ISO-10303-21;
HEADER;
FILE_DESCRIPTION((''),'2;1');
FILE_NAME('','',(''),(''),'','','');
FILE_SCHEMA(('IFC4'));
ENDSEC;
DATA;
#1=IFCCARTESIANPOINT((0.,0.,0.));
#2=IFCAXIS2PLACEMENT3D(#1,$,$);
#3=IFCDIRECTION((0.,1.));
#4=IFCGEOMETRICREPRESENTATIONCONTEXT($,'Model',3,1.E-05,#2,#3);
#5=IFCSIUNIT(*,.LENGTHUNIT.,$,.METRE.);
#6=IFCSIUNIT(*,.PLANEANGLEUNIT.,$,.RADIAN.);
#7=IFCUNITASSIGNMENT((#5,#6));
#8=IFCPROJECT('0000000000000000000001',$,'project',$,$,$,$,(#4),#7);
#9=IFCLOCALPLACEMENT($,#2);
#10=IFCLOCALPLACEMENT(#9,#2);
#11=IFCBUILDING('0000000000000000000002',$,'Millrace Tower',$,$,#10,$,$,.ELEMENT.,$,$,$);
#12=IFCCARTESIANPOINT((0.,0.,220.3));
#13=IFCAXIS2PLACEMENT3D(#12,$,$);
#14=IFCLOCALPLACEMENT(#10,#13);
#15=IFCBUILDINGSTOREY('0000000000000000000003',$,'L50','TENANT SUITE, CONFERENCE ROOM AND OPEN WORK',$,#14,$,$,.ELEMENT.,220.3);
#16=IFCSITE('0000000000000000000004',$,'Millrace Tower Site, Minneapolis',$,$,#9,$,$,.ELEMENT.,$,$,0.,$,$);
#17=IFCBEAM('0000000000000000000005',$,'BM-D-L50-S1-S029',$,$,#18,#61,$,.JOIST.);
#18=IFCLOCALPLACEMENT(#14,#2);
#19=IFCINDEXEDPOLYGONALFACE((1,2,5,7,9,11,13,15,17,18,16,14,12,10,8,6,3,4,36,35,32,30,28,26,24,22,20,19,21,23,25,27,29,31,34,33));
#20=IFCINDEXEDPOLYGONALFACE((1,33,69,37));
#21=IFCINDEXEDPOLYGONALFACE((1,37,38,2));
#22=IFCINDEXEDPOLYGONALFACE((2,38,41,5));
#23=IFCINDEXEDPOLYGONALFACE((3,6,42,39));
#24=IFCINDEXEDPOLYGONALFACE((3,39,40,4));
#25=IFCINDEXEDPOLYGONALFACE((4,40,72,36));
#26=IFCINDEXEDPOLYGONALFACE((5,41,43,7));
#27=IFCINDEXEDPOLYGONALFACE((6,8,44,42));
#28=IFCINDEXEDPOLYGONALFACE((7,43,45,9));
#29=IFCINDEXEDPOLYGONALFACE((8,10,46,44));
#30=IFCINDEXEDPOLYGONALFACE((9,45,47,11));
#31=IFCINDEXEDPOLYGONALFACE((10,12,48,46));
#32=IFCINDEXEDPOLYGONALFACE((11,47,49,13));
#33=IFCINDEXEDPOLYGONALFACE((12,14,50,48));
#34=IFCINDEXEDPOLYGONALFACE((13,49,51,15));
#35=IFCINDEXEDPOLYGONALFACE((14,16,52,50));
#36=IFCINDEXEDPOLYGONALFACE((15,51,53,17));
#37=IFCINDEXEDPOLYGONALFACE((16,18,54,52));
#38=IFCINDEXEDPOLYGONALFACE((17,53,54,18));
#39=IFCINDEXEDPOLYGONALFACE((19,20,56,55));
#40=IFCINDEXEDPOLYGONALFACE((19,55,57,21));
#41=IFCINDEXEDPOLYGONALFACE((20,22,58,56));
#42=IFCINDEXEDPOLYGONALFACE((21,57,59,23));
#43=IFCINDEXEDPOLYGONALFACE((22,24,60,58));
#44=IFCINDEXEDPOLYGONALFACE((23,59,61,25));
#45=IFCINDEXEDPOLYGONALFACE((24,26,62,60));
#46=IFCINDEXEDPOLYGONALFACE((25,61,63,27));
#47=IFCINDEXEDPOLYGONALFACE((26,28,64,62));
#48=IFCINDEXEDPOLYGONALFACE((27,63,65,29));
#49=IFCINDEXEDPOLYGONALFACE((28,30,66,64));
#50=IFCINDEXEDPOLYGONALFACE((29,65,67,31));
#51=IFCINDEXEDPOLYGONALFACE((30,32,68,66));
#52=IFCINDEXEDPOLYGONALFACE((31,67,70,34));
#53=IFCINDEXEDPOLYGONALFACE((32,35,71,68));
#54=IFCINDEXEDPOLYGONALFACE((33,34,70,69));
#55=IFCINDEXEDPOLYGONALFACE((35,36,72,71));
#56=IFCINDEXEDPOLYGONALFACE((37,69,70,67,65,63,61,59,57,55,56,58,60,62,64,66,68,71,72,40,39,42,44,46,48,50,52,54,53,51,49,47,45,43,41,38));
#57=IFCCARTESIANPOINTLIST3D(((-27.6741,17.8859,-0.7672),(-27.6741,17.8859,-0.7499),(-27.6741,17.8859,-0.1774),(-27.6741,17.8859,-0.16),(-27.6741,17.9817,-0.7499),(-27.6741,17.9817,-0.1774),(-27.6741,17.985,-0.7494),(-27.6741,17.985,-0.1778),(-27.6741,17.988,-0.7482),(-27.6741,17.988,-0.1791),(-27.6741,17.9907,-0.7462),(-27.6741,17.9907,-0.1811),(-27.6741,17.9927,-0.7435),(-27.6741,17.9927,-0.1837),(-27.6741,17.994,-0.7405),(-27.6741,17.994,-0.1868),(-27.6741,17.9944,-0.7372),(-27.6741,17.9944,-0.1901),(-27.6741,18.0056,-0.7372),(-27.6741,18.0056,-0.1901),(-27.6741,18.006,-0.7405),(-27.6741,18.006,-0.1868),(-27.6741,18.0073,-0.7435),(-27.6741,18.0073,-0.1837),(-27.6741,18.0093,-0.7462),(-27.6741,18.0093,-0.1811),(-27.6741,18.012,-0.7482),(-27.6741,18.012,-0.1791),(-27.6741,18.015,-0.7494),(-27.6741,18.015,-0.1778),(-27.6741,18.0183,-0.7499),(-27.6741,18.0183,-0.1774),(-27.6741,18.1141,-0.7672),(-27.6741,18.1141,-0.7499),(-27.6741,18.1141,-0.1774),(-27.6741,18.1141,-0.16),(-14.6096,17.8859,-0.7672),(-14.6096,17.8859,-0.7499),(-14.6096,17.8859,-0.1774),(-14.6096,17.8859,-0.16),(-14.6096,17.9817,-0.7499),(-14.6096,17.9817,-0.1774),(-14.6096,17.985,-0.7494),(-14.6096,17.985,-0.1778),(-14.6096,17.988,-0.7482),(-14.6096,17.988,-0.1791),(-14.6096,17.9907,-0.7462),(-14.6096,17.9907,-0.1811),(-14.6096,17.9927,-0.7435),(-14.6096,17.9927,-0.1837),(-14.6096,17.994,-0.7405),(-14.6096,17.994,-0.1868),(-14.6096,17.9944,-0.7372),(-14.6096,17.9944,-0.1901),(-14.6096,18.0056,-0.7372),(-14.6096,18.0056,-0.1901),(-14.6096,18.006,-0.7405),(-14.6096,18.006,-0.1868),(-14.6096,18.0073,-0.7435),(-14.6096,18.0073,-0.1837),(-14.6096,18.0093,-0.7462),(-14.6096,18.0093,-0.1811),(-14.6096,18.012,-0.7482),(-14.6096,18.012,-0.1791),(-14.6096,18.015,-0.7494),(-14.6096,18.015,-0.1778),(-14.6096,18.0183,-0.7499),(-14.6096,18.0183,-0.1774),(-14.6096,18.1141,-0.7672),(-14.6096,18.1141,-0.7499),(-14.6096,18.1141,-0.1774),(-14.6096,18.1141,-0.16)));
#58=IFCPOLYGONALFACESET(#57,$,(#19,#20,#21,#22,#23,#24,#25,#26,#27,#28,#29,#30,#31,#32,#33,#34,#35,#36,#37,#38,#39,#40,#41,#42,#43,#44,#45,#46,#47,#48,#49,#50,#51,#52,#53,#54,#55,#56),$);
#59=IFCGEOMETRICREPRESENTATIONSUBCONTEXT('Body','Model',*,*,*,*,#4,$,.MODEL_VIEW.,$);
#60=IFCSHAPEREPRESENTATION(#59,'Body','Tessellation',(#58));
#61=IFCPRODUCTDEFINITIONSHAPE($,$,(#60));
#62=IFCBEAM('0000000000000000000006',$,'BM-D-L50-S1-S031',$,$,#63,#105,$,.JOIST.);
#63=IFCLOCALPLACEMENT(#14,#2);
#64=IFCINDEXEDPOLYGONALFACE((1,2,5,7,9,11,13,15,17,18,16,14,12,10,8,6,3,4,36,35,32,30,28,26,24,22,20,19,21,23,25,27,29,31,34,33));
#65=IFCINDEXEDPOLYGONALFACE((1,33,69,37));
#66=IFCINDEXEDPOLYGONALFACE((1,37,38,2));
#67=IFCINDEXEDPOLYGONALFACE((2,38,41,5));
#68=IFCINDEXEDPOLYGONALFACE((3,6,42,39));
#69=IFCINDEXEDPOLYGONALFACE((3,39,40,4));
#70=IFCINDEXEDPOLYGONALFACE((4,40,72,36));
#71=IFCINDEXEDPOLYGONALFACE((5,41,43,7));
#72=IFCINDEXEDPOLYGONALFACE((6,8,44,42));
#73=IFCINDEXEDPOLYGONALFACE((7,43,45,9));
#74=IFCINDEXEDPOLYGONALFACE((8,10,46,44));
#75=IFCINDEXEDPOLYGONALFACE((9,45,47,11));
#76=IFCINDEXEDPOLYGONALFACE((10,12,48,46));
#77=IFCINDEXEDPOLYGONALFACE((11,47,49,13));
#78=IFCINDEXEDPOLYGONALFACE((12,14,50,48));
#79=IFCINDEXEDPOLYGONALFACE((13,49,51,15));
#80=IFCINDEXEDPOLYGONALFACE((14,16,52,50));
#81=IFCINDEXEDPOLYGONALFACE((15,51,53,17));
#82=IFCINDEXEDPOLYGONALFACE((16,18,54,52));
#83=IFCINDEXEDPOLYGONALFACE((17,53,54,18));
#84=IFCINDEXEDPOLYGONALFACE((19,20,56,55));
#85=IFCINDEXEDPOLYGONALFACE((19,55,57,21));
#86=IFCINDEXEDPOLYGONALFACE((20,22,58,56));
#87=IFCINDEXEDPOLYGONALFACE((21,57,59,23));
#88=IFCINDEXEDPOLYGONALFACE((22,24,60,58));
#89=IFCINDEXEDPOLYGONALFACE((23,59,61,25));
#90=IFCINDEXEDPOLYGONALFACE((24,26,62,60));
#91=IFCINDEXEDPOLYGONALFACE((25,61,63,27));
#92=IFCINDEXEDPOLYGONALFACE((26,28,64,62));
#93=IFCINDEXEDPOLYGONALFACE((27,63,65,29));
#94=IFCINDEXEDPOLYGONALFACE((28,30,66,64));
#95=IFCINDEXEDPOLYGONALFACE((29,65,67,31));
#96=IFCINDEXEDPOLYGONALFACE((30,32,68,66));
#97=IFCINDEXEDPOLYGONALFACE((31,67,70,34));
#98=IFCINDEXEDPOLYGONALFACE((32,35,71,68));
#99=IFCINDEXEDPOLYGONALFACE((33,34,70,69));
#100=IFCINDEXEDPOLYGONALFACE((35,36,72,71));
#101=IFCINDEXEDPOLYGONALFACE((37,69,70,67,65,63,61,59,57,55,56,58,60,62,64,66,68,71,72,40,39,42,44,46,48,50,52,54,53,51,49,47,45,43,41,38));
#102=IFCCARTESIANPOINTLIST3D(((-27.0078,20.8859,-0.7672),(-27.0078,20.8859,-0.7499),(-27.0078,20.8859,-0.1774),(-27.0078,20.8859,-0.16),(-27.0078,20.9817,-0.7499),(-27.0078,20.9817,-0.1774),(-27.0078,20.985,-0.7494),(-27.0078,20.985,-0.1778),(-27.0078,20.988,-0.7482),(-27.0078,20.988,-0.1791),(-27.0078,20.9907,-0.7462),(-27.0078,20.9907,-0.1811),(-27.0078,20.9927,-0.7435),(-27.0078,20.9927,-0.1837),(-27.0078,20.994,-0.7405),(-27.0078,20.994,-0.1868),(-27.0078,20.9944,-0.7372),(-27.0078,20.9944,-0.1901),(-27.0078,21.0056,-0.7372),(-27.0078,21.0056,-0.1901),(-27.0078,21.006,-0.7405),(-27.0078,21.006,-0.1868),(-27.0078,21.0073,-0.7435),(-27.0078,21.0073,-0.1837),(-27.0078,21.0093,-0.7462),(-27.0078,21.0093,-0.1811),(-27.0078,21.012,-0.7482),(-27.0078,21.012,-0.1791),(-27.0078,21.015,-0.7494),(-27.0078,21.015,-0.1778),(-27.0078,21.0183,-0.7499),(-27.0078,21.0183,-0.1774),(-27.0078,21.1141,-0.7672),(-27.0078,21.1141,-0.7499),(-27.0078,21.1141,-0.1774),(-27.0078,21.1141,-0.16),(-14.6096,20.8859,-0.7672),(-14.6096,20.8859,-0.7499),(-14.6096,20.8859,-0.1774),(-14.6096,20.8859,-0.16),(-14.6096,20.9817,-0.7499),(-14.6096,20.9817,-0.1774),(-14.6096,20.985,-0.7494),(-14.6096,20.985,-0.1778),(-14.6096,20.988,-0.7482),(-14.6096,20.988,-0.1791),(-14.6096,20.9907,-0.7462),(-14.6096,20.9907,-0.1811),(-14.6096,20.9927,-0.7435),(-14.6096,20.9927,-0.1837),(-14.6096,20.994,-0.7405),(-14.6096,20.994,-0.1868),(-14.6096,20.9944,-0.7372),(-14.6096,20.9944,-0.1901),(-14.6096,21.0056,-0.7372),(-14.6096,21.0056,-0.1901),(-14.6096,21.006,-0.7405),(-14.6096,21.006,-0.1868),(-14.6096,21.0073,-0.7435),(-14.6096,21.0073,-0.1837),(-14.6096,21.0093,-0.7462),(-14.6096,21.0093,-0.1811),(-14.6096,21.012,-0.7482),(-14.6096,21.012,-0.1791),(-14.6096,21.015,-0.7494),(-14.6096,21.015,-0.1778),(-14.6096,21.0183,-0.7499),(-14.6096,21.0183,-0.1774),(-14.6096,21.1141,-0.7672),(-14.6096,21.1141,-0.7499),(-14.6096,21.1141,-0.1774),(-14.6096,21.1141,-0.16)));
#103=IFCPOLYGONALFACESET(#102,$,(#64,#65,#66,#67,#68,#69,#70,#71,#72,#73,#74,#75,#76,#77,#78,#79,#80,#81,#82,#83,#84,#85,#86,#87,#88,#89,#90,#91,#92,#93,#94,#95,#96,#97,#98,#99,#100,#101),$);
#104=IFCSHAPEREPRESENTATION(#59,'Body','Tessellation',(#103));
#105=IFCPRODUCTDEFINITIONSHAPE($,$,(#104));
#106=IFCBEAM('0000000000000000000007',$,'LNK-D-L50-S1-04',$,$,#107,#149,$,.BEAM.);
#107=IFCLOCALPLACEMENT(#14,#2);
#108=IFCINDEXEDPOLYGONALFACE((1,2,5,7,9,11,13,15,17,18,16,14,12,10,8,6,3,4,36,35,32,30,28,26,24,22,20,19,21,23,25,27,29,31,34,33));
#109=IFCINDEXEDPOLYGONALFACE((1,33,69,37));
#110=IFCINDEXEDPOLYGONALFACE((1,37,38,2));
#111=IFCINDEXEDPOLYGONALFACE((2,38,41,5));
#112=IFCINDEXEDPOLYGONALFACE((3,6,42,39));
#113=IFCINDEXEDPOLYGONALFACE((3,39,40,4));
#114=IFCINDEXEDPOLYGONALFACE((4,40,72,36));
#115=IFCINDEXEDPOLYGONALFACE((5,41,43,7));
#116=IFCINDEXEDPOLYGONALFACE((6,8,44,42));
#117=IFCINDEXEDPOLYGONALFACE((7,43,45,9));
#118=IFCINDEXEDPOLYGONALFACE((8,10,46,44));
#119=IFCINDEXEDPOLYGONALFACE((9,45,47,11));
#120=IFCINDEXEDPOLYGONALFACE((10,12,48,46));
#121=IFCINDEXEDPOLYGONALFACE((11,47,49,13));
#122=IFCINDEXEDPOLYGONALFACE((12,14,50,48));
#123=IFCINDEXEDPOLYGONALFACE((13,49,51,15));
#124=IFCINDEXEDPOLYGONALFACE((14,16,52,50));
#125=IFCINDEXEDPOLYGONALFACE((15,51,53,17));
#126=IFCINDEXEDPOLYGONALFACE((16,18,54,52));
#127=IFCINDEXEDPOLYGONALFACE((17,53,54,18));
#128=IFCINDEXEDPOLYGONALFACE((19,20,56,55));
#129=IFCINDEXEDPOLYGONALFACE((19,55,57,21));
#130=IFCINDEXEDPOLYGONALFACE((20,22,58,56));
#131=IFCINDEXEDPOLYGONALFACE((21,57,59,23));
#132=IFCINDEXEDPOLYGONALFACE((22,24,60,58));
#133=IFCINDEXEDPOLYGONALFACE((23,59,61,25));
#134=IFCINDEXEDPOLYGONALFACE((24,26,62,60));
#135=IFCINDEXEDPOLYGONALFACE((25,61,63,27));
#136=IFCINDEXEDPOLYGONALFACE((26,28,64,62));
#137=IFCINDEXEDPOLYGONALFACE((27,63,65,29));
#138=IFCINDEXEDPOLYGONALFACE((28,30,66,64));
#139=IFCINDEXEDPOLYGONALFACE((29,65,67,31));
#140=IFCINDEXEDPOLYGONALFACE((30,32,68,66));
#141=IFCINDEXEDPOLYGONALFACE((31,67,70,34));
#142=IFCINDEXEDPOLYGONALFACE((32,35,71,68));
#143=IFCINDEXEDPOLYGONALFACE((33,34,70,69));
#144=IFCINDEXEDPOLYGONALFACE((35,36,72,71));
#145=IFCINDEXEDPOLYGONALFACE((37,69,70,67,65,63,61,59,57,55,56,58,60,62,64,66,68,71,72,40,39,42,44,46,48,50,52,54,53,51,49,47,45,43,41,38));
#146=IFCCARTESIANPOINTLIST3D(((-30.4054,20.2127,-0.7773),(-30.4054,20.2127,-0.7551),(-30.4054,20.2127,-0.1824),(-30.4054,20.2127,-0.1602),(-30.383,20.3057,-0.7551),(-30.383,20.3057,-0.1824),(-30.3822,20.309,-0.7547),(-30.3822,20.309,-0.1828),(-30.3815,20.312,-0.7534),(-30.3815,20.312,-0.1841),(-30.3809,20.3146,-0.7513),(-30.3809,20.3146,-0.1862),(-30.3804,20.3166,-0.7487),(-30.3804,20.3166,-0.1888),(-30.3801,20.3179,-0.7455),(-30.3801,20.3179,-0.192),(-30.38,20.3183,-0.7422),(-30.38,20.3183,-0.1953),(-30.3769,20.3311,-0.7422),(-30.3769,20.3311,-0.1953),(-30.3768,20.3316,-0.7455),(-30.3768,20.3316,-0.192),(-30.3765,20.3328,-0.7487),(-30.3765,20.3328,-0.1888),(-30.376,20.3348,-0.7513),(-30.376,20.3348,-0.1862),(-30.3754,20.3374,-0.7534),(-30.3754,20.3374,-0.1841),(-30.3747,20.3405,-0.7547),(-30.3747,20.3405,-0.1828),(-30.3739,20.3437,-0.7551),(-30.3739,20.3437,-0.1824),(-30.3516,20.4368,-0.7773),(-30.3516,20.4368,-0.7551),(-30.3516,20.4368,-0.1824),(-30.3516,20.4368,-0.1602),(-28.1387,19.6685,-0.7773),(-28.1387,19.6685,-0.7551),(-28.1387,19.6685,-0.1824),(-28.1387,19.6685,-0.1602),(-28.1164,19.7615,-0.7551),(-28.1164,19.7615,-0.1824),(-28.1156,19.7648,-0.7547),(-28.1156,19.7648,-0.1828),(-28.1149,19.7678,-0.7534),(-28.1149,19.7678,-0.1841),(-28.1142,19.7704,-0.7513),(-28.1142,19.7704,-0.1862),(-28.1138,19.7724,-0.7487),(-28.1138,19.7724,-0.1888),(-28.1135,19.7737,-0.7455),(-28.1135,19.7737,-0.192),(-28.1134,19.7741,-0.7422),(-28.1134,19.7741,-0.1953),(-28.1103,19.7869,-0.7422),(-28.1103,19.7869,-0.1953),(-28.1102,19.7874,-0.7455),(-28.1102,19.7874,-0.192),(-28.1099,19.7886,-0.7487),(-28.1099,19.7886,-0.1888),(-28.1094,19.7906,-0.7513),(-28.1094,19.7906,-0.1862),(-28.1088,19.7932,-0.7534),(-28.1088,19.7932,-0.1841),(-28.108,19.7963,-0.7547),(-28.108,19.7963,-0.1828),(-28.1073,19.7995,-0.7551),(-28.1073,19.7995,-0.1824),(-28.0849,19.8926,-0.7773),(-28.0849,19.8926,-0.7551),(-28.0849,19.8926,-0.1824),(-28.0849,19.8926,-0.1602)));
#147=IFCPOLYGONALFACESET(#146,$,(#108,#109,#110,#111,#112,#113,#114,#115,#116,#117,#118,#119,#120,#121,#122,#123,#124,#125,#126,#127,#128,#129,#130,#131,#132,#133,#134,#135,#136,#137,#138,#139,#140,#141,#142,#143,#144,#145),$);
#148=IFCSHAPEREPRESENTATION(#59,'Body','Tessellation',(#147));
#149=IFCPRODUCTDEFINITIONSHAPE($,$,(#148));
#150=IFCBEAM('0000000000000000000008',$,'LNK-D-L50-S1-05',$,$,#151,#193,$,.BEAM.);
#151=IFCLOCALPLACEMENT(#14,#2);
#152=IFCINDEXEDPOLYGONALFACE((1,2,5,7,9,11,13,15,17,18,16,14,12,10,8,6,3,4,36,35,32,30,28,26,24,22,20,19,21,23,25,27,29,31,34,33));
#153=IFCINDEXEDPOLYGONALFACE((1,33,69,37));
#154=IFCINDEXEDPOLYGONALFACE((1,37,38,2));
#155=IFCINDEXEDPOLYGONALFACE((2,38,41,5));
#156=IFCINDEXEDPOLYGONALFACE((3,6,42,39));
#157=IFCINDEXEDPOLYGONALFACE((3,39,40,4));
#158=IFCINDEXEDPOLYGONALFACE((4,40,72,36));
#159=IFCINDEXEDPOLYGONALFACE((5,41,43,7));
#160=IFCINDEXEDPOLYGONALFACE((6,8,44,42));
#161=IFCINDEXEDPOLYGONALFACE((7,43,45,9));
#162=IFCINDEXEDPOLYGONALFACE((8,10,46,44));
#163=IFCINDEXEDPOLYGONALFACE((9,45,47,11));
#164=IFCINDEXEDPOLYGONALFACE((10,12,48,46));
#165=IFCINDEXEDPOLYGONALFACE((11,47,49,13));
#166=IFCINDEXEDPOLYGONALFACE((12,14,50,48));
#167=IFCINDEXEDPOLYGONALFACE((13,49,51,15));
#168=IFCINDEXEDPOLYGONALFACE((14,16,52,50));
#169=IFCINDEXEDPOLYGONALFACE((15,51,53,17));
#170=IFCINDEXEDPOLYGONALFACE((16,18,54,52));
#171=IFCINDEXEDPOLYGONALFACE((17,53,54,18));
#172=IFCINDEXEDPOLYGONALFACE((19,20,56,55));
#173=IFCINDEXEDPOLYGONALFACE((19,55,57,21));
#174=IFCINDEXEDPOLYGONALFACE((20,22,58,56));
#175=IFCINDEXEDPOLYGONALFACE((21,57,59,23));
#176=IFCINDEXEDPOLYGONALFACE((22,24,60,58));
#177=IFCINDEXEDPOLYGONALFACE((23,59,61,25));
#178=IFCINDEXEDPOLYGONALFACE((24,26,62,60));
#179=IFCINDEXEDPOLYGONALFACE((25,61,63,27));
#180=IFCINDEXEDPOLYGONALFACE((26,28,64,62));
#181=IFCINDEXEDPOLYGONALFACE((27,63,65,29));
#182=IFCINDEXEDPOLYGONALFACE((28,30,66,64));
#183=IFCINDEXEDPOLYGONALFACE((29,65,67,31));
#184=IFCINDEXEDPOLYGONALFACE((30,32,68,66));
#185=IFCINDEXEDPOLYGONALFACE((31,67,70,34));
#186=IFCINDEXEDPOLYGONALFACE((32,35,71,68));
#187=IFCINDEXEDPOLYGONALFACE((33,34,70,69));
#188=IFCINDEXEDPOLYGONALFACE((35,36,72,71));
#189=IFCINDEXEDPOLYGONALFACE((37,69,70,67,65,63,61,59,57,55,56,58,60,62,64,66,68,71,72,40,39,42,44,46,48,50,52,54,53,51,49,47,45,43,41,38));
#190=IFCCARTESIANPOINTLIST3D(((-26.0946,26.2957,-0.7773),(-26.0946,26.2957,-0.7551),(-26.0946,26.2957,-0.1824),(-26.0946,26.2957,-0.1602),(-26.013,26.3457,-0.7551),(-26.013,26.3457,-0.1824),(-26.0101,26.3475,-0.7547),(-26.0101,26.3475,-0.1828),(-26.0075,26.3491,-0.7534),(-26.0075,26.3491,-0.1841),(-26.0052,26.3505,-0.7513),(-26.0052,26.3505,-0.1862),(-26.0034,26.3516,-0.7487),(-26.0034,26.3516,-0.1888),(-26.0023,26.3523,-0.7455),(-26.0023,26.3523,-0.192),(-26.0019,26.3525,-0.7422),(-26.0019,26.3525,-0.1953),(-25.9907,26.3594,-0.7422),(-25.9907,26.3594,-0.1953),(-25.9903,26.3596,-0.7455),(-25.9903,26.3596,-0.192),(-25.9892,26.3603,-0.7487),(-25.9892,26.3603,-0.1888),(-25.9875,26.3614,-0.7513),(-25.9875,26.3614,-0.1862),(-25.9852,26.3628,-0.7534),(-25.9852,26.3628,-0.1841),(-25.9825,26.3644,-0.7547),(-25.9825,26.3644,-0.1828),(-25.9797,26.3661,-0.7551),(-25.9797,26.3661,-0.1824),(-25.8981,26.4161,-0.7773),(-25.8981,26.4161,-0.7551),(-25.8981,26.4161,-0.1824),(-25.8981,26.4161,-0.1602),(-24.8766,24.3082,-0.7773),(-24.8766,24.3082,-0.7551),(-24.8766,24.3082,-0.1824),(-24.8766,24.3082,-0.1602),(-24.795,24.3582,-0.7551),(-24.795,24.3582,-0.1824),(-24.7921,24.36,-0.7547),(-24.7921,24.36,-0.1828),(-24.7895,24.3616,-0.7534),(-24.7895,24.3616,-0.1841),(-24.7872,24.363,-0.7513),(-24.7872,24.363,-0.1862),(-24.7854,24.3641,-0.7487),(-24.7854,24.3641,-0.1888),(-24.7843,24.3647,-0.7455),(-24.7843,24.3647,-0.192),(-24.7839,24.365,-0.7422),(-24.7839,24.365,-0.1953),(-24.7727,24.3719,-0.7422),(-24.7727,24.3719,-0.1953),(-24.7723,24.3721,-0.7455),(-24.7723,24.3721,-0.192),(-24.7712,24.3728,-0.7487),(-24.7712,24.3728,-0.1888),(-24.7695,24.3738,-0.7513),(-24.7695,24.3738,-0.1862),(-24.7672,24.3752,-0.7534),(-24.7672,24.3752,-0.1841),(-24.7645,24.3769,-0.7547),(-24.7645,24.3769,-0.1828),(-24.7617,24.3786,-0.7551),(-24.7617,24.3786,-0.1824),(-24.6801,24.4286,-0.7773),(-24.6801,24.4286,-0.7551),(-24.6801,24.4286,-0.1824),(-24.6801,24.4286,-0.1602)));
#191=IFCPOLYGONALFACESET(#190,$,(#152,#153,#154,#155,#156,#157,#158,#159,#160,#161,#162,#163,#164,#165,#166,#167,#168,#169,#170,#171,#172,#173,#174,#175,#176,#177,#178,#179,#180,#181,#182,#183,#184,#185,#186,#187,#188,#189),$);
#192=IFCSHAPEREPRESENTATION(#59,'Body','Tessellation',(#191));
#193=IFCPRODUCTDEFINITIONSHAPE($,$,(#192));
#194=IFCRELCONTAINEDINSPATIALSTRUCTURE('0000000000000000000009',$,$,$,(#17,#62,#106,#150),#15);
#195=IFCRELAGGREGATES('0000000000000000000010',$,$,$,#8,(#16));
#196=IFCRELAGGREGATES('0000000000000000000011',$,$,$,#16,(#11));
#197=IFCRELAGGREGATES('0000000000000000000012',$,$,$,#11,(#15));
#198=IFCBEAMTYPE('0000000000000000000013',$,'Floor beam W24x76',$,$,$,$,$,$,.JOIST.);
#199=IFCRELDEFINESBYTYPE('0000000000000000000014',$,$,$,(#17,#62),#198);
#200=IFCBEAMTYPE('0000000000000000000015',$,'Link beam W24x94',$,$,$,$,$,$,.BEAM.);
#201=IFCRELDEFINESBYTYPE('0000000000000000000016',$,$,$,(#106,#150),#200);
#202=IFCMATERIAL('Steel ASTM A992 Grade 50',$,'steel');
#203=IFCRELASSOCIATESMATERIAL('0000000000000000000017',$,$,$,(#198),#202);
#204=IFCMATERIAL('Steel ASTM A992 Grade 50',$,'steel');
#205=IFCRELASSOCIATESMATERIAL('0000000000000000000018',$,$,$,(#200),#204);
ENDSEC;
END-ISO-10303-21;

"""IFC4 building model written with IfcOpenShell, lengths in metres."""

from ifc_helpers import new_model, si_unit, direction, frame, origin, origin_2d, place, context, subcontext, project, spatial, i_section, extrude, material, material_profile, profile_set, type_object, element, save


model = new_model("IFC4")

# Units and contexts
model_context = context("Model", 3, precision=1e-05, world=origin(), true_north=direction((0.0, 1.0)))
body_context = subcontext(model_context, "Body", "Model", "MODEL_VIEW")
ifc_project = project(units=[si_unit("LENGTHUNIT", "METRE"), si_unit("PLANEANGLEUNIT", "RADIAN")], contexts=[model_context])

# Site, building, storey
site_placement = place(None, origin())
site = spatial("IfcSite", under=ifc_project, at=site_placement, Name="Millrace Tower Site, Minneapolis", CompositionType="ELEMENT", RefElevation=0.0)
building_placement = place(site_placement, origin())
building = spatial("IfcBuilding", under=site, at=building_placement, Name="Millrace Tower", CompositionType="ELEMENT")
storey_placement = place(building_placement, frame((0.0, 0.0, 220.3)))
storey = spatial("IfcBuildingStorey", under=building, at=storey_placement, Name="L50", Description="TENANT SUITE, CONFERENCE ROOM AND OPEN WORK", CompositionType="ELEMENT", Elevation=220.3)

# Beams
ifc_material_1 = material(Name="Steel ASTM A992 Grade 50", Category="steel")
ifc_material_profile_1 = material_profile(ifc_material_1, i_section(OverallWidth=0.2283, OverallDepth=0.6072, WebThickness=0.0112, FlangeThickness=0.0173, FilletRadius=0.0127, at=origin_2d()))
ifc_profile_set_1 = profile_set([ifc_material_profile_1], Name="Steel ASTM A992 Grade 50")
beam_type_1 = type_object("IfcBeamType", Name="Floor beam W24x76", PredefinedType="JOIST", material=ifc_profile_set_1)
beam_1_placement = place(storey_placement, frame((-27.6741, 18.0, -0.4636), z_axis=(1.0, 0.0, 0.0), x_axis=(0.0, 1.0, 0.0)))
element("IfcBeam", 1, at=beam_1_placement, inside=storey, type_object=beam_type_1, Name="BM-D-L50-S1-S029", PredefinedType="JOIST", context=body_context, shape_type="SweptSolid", body=[
    extrude(i_section(OverallWidth=0.2283, OverallDepth=0.6072, WebThickness=0.0112, FlangeThickness=0.0173, FilletRadius=0.0127, at=origin_2d()), origin(), (0.0, 0.0, 1.0), 13.0645),
])
beam_2_placement = place(storey_placement, frame((-27.0078, 21.0, -0.4636), z_axis=(1.0, 0.0, 0.0), x_axis=(0.0, 1.0, 0.0)))
element("IfcBeam", 2, at=beam_2_placement, inside=storey, type_object=beam_type_1, Name="BM-D-L50-S1-S031", PredefinedType="JOIST", context=body_context, shape_type="SweptSolid", body=[
    extrude(i_section(OverallWidth=0.2283, OverallDepth=0.6072, WebThickness=0.0112, FlangeThickness=0.0173, FilletRadius=0.0127, at=origin_2d()), origin(), (0.0, 0.0, 1.0), 12.3982),
])
ifc_material_2 = material(Name="Steel ASTM A992 Grade 50", Category="steel")
ifc_material_profile_2 = material_profile(ifc_material_2, i_section(OverallWidth=0.2305, OverallDepth=0.6172, WebThickness=0.0132, FlangeThickness=0.0222, FilletRadius=0.0129, at=origin_2d()))
ifc_profile_set_2 = profile_set([ifc_material_profile_2], Name="Steel ASTM A992 Grade 50")
beam_type_2 = type_object("IfcBeamType", Name="Link beam W24x94", PredefinedType="BEAM", material=ifc_profile_set_2)
for number, where, z_axis, x_axis, name in (
    (3, (-28.1118, 19.7805, -0.4688), (-0.972367, 0.233456, 0.0), (-0.233456, -0.972367, 0.0), "LNK-D-L50-S1-04"),
    (4, (-24.7783, 24.3684, -0.4688), (-0.522513, 0.852631, 0.0), (-0.852631, -0.522513, 0.0), "LNK-D-L50-S1-05"),
):
    element("IfcBeam", number, at=place(storey_placement, frame(where, z_axis=z_axis, x_axis=x_axis)), inside=storey, type_object=beam_type_2, Name=name, PredefinedType="BEAM", context=body_context, shape_type="SweptSolid", body=[
        extrude(i_section(OverallWidth=0.2305, OverallDepth=0.6172, WebThickness=0.0132, FlangeThickness=0.0222, FilletRadius=0.0129, at=origin_2d()), origin(), (0.0, 0.0, 1.0), 2.3311),
    ])

save(model, "model.ifc")
